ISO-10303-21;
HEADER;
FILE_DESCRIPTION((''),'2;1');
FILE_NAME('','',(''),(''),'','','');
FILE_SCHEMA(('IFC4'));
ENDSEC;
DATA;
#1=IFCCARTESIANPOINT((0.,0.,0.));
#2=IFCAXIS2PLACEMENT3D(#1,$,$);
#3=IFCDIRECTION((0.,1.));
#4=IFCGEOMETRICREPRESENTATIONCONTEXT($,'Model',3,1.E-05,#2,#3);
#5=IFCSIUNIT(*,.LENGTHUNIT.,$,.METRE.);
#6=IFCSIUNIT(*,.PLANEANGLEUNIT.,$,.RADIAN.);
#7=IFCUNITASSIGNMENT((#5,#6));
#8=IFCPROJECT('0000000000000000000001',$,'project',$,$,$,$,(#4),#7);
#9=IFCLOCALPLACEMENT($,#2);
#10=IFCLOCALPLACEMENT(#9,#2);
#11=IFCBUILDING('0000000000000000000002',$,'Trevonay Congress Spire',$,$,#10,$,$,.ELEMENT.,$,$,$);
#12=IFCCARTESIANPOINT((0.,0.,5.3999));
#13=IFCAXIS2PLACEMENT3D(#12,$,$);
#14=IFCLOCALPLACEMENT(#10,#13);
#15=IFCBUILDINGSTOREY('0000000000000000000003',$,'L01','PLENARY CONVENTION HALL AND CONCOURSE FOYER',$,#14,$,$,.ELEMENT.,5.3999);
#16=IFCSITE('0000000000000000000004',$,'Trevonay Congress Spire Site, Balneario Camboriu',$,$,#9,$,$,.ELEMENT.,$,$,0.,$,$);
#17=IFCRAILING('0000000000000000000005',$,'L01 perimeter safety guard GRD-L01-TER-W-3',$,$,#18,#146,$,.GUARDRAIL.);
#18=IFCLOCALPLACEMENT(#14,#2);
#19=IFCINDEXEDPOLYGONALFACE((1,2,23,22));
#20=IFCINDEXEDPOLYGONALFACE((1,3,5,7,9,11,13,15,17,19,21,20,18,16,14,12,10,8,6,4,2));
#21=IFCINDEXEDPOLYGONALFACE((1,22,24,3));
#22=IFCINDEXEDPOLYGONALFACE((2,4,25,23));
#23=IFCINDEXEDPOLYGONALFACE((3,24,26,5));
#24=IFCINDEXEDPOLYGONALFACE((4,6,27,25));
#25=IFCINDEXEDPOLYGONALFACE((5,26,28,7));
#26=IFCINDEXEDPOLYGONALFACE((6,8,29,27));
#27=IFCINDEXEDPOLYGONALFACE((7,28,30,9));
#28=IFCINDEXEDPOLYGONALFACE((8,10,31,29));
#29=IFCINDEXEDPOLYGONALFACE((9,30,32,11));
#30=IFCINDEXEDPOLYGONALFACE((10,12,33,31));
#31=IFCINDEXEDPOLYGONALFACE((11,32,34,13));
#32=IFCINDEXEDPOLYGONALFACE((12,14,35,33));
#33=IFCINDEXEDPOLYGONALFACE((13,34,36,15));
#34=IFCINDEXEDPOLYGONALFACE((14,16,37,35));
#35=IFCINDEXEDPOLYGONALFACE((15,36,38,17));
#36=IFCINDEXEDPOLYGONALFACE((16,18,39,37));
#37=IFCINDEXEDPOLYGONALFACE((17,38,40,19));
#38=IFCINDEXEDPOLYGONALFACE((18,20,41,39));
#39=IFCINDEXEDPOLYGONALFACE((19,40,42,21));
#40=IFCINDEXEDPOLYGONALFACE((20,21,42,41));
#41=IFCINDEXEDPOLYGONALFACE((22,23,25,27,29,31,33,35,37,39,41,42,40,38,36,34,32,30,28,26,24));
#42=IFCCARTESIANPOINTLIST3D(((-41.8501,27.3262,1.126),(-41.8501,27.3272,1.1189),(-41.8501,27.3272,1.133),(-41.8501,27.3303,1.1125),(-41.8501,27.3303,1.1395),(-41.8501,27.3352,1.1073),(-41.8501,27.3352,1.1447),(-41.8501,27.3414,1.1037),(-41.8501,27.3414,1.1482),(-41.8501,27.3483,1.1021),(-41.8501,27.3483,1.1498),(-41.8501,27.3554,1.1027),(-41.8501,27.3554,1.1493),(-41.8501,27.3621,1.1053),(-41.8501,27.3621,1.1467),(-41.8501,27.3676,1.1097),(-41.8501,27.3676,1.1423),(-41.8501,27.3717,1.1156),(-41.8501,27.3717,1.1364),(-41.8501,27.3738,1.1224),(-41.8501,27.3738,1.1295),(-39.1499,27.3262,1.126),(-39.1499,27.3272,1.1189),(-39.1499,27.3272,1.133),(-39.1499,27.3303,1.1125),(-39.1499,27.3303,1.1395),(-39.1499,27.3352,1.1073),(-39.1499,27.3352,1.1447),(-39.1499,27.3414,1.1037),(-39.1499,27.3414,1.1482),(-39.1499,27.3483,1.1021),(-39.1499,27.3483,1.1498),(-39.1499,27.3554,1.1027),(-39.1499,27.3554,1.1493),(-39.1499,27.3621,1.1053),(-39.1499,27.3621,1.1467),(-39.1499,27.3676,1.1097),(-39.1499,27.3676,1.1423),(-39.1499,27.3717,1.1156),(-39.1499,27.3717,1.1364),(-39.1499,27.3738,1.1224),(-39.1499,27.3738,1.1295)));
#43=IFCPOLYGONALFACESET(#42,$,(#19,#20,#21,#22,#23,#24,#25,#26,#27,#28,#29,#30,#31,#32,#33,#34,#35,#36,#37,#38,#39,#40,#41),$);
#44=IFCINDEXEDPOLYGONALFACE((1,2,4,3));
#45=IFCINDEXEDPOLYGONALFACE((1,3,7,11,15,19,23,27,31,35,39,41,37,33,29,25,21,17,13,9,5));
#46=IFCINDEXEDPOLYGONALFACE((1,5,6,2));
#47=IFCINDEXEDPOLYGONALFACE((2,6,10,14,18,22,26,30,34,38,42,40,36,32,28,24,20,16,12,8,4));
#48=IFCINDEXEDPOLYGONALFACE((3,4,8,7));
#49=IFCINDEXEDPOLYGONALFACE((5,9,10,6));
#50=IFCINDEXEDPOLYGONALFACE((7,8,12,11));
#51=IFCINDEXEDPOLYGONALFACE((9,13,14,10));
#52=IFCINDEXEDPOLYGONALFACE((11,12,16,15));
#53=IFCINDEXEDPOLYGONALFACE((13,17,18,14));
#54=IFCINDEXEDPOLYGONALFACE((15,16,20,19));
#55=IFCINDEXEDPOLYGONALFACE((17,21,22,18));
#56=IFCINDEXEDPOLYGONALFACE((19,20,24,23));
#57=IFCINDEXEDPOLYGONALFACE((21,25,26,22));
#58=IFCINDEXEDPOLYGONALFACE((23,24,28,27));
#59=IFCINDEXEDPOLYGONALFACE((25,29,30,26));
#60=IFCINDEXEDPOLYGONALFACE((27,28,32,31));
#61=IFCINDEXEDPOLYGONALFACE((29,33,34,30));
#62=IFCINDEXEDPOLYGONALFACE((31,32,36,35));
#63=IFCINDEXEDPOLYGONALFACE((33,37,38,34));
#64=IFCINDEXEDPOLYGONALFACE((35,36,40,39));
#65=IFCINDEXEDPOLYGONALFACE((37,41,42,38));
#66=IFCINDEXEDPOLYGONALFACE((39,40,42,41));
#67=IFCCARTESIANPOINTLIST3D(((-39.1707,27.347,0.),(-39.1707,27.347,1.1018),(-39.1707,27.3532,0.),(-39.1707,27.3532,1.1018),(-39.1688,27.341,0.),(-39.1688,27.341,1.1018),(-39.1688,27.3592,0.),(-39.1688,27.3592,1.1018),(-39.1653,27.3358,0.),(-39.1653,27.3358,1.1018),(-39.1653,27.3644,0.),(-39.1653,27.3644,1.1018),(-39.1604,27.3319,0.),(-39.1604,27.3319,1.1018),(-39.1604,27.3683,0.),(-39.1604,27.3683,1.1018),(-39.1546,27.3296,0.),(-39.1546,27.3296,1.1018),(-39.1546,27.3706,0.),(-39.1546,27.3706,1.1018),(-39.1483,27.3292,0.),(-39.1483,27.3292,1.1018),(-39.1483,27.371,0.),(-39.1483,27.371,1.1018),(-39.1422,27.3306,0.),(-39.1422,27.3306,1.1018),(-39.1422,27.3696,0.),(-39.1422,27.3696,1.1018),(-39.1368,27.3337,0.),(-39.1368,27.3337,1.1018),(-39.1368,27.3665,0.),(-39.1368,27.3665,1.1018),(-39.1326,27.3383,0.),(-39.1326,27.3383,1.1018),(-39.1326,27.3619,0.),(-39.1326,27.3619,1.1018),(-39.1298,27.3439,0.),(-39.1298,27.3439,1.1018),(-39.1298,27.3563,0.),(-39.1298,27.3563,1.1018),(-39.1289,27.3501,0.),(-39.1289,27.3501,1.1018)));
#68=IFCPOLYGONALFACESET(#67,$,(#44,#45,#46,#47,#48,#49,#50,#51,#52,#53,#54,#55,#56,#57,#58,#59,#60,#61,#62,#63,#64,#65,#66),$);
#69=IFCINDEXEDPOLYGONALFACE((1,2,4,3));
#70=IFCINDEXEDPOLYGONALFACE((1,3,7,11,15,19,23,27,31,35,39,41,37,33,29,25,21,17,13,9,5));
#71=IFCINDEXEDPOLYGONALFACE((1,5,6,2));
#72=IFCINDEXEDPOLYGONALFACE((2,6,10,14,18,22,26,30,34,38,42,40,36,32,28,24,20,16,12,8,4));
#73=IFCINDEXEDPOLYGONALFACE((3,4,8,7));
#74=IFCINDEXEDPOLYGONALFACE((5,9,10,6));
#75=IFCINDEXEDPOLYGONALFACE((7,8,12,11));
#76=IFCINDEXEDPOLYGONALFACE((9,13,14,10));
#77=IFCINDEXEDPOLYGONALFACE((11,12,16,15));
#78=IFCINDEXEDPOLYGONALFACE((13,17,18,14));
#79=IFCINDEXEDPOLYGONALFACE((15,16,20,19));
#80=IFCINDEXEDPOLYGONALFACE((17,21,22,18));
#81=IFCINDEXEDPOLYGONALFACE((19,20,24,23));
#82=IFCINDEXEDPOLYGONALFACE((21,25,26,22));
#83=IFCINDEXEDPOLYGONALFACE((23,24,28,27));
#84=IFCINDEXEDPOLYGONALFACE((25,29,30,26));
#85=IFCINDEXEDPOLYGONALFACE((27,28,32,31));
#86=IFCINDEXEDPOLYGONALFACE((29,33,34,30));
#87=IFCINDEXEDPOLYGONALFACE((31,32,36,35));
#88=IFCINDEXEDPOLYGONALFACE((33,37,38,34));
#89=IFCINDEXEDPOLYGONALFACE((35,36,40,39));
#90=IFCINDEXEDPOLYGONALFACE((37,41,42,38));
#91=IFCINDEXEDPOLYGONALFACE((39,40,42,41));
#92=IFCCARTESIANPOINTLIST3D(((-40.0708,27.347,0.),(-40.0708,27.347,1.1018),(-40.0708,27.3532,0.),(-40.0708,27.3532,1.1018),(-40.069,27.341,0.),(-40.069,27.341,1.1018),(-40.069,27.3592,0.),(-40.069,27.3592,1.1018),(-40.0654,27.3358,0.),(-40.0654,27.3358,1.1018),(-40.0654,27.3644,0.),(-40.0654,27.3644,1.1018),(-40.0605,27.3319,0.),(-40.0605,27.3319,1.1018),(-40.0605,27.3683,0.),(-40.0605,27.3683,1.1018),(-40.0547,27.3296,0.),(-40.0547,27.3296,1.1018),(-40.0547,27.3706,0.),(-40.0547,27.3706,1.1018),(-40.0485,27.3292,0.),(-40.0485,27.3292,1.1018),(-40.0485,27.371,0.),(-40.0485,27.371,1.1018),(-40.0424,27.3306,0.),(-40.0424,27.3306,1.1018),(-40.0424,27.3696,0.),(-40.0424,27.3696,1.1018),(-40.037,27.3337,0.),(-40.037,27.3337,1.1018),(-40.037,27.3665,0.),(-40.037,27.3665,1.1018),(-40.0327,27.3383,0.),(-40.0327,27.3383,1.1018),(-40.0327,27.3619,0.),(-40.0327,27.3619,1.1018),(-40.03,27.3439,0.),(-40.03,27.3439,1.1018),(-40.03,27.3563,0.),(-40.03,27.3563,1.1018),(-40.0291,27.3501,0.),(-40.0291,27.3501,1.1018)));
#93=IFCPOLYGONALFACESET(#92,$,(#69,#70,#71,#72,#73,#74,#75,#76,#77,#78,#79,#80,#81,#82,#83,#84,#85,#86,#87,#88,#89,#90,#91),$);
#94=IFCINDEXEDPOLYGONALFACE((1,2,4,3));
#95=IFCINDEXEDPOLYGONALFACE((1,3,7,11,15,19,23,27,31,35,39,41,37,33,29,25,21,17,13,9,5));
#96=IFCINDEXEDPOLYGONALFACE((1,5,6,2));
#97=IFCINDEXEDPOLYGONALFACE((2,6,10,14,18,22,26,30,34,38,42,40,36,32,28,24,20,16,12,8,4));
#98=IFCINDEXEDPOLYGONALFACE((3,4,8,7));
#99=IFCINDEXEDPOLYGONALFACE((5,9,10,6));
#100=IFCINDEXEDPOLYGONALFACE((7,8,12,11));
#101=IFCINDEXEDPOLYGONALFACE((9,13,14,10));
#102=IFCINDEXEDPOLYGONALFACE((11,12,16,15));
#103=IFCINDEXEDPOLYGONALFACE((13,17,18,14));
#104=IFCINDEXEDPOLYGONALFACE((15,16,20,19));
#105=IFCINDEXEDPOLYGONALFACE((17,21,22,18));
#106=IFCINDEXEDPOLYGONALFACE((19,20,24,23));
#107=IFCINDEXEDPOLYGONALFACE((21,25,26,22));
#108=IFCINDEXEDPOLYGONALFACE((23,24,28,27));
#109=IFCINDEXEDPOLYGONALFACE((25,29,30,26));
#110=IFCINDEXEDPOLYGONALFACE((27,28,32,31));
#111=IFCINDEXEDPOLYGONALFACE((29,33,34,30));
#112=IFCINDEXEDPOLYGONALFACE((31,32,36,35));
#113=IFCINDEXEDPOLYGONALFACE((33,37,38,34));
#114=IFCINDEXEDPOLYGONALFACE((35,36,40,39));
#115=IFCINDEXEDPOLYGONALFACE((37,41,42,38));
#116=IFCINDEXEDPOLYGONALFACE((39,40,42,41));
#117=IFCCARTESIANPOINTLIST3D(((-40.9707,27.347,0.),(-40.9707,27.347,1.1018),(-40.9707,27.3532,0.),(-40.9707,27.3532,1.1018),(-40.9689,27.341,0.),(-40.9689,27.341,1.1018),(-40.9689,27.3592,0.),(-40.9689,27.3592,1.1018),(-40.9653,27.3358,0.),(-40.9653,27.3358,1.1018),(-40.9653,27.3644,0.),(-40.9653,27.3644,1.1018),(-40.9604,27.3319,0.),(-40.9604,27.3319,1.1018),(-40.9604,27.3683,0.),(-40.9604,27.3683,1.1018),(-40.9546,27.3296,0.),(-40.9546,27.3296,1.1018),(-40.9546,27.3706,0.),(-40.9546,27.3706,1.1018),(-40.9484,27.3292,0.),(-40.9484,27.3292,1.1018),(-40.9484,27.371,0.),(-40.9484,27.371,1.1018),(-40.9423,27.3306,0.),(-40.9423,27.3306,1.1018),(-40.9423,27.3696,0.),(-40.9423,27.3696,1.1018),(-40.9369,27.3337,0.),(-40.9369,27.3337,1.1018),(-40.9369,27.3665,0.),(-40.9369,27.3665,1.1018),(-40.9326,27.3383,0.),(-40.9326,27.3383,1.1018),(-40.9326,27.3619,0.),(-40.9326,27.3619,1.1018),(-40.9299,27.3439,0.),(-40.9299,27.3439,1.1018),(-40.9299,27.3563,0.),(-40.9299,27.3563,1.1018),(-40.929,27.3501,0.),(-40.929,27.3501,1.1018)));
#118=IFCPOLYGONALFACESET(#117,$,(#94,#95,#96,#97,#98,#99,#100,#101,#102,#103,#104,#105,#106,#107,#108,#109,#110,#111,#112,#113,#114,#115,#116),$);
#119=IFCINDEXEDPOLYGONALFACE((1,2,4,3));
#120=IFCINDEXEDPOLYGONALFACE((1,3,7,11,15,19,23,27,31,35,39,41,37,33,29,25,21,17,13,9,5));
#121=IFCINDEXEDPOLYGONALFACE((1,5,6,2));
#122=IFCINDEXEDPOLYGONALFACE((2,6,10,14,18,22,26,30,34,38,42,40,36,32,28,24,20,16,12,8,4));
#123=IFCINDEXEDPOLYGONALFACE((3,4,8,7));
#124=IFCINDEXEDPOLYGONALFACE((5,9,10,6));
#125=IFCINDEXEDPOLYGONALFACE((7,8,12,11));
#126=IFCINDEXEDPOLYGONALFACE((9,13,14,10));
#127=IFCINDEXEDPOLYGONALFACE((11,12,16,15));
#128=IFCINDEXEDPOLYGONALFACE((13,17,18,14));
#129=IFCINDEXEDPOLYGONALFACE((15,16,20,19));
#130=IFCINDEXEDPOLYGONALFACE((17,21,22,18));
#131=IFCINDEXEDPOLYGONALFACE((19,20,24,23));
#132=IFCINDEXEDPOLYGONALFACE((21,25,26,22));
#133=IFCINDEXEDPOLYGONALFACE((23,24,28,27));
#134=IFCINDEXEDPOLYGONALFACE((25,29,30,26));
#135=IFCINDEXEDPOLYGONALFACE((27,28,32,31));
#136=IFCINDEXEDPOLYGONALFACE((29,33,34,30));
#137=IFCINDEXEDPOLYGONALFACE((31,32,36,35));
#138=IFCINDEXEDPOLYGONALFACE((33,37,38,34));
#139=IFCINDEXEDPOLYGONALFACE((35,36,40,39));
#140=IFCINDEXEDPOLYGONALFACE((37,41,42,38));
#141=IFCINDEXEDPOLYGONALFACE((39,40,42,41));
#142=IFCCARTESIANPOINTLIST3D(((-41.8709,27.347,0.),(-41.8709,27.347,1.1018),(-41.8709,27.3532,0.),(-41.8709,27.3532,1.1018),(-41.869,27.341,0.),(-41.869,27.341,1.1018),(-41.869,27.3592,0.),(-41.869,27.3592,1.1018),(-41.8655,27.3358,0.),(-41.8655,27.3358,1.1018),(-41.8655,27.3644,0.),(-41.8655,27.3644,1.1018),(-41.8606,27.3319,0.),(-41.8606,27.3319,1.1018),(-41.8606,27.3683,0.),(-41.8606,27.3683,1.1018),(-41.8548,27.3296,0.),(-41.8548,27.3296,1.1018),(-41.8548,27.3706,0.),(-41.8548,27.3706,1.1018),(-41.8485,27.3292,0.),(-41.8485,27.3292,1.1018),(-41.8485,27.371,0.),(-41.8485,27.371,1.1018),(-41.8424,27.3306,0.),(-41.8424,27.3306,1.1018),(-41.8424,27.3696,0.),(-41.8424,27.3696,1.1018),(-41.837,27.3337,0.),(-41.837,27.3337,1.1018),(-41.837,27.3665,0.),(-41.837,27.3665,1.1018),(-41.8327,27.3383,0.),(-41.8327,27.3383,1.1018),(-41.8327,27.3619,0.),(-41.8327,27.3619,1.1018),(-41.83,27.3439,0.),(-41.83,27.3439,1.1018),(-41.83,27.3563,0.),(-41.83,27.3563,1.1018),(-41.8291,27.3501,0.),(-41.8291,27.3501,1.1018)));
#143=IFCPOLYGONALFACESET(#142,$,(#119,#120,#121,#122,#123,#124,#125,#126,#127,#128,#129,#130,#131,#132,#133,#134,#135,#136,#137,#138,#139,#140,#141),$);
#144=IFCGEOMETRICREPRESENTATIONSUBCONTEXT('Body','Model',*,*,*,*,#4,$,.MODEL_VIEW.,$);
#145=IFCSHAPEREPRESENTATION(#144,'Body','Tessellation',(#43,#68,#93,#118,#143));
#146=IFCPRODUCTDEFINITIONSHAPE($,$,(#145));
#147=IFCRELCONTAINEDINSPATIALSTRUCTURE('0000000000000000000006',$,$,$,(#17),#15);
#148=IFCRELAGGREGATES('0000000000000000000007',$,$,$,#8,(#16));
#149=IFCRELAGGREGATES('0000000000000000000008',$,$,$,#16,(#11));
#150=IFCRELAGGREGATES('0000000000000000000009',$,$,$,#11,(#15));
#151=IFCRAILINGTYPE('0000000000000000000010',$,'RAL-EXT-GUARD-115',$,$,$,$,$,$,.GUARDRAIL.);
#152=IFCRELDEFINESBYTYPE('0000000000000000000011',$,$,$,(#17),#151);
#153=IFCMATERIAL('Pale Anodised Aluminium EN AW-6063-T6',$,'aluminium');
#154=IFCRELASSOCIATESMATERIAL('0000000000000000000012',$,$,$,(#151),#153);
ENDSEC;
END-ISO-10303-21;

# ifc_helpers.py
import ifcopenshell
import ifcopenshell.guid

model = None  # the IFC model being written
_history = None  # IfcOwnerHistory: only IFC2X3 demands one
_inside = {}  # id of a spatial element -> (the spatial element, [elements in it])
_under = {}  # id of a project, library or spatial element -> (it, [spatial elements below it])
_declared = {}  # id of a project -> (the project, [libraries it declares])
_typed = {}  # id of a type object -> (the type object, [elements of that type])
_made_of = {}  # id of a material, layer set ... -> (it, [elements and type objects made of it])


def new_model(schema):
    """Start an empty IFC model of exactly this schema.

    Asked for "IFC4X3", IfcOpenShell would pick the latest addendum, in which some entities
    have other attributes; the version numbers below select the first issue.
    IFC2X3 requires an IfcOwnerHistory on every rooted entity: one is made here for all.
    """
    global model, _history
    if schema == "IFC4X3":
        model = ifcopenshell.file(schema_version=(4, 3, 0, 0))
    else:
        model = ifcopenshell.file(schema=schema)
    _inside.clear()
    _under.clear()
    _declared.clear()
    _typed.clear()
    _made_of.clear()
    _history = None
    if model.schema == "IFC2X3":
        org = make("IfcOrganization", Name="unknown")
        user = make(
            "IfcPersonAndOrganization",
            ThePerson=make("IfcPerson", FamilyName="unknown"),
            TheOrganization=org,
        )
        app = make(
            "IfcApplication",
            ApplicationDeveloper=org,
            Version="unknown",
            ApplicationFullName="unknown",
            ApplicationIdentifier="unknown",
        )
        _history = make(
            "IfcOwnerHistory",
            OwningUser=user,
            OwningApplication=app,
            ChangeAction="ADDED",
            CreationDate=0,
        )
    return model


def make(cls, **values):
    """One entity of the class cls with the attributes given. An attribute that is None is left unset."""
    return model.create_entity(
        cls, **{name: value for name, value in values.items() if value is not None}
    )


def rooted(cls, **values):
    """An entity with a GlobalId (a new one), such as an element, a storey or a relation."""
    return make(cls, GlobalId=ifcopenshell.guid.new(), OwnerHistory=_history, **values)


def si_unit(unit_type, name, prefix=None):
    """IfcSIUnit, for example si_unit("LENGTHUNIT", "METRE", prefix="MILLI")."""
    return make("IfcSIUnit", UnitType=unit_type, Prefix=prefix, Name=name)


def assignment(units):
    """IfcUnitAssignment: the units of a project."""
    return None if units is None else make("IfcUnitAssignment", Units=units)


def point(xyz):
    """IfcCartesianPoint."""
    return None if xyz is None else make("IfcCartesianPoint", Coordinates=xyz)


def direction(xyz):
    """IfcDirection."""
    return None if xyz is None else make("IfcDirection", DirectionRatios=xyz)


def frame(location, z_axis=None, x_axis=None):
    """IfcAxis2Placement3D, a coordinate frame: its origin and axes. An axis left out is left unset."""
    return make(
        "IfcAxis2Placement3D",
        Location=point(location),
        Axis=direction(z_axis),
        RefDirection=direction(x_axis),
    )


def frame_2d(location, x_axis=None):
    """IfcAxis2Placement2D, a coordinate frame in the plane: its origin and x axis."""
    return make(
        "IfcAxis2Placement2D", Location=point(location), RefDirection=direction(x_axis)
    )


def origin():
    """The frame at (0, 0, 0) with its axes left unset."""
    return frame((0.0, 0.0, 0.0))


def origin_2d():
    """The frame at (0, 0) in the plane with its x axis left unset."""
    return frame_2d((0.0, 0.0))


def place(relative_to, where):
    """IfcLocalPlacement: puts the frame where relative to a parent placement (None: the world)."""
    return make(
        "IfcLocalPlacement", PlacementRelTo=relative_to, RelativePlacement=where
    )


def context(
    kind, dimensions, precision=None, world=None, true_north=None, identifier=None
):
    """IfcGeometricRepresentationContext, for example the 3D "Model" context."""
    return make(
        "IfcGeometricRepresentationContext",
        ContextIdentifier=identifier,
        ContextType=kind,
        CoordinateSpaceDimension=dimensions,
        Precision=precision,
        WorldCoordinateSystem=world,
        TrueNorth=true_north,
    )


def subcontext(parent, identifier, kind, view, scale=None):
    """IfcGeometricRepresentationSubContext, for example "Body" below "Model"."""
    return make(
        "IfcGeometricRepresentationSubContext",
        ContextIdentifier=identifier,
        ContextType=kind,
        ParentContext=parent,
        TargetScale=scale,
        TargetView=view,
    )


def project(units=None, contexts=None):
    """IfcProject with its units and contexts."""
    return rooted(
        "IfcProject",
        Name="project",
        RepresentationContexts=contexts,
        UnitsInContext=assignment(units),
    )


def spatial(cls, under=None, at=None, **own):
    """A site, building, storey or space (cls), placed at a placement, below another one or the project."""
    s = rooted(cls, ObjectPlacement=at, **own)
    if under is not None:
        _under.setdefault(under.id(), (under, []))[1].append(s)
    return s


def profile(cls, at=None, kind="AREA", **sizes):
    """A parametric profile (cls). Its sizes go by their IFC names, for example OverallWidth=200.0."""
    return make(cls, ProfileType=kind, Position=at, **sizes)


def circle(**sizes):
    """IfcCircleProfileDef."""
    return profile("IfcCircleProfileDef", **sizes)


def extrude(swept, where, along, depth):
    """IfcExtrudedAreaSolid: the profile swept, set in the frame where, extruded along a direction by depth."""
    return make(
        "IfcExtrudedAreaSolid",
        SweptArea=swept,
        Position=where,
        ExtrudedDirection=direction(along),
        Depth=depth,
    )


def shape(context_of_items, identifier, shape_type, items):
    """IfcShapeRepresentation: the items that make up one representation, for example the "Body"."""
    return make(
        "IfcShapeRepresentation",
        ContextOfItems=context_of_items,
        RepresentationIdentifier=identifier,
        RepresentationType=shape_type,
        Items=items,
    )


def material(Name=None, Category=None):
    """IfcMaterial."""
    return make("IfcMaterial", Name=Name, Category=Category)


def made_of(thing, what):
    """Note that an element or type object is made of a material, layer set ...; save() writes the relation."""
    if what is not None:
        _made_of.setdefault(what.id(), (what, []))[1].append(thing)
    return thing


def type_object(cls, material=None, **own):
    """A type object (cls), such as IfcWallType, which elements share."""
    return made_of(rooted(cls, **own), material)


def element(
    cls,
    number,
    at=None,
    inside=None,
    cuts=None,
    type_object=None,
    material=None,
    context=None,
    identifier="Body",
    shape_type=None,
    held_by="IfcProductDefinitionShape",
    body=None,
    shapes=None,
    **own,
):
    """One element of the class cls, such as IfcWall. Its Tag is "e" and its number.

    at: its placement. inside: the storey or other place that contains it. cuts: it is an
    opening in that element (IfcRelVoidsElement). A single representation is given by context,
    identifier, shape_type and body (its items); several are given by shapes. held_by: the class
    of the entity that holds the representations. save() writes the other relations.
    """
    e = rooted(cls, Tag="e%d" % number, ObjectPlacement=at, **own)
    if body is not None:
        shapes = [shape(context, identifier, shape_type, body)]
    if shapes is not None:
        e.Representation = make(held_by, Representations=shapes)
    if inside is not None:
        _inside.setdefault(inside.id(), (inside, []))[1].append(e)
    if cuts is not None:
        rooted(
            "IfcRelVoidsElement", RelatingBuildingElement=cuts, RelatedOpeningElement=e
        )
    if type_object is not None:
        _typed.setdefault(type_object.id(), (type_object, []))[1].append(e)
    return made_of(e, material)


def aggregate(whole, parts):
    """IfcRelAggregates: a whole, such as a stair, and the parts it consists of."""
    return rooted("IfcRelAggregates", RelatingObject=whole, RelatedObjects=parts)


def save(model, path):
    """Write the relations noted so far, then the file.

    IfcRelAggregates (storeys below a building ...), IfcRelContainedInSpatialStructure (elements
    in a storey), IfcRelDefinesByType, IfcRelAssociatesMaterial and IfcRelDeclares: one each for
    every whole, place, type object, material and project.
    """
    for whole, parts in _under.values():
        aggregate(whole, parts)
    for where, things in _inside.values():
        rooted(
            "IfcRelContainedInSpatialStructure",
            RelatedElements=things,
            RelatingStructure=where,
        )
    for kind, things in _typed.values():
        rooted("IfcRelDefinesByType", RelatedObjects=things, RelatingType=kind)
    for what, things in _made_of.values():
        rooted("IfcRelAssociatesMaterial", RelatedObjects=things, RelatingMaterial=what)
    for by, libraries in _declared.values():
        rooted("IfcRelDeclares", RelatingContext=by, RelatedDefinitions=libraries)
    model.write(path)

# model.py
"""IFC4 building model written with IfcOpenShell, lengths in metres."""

from ifc_helpers import new_model, si_unit, direction, frame, origin, origin_2d, place, context, subcontext, project, spatial, circle, extrude, material, type_object, element, save


model = new_model("IFC4")

# Units and contexts
model_context = context("Model", 3, precision=1e-05, world=origin(), true_north=direction((0.0, 1.0)))
body_context = subcontext(model_context, "Body", "Model", "MODEL_VIEW")
ifc_project = project(units=[si_unit("LENGTHUNIT", "METRE"), si_unit("PLANEANGLEUNIT", "RADIAN")], contexts=[model_context])

# Site, building, storey
site_placement = place(None, origin())
site = spatial("IfcSite", under=ifc_project, at=site_placement, Name="Trevonay Congress Spire Site, Balneario Camboriu", CompositionType="ELEMENT", RefElevation=0.0)
building_placement = place(site_placement, origin())
building = spatial("IfcBuilding", under=site, at=building_placement, Name="Trevonay Congress Spire", CompositionType="ELEMENT")
storey_placement = place(building_placement, frame((0.0, 0.0, 5.3999)))
storey = spatial("IfcBuildingStorey", under=building, at=storey_placement, Name="L01", Description="PLENARY CONVENTION HALL AND CONCOURSE FOYER", CompositionType="ELEMENT", Elevation=5.3999)

# Shared definitions
ifc_material_1 = material(Name="Pale Anodised Aluminium EN AW-6063-T6", Category="aluminium")

# Railing
railing_type_1 = type_object("IfcRailingType", Name="RAL-EXT-GUARD-115", PredefinedType="GUARDRAIL", material=ifc_material_1)
railing_1_placement = place(storey_placement, frame((-39.1499, 27.3501, 0.0)))
element("IfcRailing", 1, at=railing_1_placement, inside=storey, type_object=railing_type_1, Name="L01 perimeter safety guard GRD-L01-TER-W-3", PredefinedType="GUARDRAIL", context=body_context, shape_type="SweptSolid", body=[
    extrude(circle(Radius=0.0239, at=origin_2d()), frame((0.0, 0.0, 1.126), z_axis=(-1.0, 0.0, 0.0), x_axis=(0.0, -1.0, 0.0)), (0.0, 0.0, 1.0), 2.7002),
    extrude(circle(Radius=0.021, at=origin_2d()), origin(), (0.0, 0.0, 1.0), 1.1018),
    extrude(circle(Radius=0.021, at=origin_2d()), frame((-0.9001, 0.0, 0.0)), (0.0, 0.0, 1.0), 1.1018),
    extrude(circle(Radius=0.021, at=origin_2d()), frame((-1.8, 0.0, 0.0)), (0.0, 0.0, 1.0), 1.1018),
    extrude(circle(Radius=0.021, at=origin_2d()), frame((-2.7002, 0.0, 0.0)), (0.0, 0.0, 1.0), 1.1018),
])

save(model, "model.ifc")
